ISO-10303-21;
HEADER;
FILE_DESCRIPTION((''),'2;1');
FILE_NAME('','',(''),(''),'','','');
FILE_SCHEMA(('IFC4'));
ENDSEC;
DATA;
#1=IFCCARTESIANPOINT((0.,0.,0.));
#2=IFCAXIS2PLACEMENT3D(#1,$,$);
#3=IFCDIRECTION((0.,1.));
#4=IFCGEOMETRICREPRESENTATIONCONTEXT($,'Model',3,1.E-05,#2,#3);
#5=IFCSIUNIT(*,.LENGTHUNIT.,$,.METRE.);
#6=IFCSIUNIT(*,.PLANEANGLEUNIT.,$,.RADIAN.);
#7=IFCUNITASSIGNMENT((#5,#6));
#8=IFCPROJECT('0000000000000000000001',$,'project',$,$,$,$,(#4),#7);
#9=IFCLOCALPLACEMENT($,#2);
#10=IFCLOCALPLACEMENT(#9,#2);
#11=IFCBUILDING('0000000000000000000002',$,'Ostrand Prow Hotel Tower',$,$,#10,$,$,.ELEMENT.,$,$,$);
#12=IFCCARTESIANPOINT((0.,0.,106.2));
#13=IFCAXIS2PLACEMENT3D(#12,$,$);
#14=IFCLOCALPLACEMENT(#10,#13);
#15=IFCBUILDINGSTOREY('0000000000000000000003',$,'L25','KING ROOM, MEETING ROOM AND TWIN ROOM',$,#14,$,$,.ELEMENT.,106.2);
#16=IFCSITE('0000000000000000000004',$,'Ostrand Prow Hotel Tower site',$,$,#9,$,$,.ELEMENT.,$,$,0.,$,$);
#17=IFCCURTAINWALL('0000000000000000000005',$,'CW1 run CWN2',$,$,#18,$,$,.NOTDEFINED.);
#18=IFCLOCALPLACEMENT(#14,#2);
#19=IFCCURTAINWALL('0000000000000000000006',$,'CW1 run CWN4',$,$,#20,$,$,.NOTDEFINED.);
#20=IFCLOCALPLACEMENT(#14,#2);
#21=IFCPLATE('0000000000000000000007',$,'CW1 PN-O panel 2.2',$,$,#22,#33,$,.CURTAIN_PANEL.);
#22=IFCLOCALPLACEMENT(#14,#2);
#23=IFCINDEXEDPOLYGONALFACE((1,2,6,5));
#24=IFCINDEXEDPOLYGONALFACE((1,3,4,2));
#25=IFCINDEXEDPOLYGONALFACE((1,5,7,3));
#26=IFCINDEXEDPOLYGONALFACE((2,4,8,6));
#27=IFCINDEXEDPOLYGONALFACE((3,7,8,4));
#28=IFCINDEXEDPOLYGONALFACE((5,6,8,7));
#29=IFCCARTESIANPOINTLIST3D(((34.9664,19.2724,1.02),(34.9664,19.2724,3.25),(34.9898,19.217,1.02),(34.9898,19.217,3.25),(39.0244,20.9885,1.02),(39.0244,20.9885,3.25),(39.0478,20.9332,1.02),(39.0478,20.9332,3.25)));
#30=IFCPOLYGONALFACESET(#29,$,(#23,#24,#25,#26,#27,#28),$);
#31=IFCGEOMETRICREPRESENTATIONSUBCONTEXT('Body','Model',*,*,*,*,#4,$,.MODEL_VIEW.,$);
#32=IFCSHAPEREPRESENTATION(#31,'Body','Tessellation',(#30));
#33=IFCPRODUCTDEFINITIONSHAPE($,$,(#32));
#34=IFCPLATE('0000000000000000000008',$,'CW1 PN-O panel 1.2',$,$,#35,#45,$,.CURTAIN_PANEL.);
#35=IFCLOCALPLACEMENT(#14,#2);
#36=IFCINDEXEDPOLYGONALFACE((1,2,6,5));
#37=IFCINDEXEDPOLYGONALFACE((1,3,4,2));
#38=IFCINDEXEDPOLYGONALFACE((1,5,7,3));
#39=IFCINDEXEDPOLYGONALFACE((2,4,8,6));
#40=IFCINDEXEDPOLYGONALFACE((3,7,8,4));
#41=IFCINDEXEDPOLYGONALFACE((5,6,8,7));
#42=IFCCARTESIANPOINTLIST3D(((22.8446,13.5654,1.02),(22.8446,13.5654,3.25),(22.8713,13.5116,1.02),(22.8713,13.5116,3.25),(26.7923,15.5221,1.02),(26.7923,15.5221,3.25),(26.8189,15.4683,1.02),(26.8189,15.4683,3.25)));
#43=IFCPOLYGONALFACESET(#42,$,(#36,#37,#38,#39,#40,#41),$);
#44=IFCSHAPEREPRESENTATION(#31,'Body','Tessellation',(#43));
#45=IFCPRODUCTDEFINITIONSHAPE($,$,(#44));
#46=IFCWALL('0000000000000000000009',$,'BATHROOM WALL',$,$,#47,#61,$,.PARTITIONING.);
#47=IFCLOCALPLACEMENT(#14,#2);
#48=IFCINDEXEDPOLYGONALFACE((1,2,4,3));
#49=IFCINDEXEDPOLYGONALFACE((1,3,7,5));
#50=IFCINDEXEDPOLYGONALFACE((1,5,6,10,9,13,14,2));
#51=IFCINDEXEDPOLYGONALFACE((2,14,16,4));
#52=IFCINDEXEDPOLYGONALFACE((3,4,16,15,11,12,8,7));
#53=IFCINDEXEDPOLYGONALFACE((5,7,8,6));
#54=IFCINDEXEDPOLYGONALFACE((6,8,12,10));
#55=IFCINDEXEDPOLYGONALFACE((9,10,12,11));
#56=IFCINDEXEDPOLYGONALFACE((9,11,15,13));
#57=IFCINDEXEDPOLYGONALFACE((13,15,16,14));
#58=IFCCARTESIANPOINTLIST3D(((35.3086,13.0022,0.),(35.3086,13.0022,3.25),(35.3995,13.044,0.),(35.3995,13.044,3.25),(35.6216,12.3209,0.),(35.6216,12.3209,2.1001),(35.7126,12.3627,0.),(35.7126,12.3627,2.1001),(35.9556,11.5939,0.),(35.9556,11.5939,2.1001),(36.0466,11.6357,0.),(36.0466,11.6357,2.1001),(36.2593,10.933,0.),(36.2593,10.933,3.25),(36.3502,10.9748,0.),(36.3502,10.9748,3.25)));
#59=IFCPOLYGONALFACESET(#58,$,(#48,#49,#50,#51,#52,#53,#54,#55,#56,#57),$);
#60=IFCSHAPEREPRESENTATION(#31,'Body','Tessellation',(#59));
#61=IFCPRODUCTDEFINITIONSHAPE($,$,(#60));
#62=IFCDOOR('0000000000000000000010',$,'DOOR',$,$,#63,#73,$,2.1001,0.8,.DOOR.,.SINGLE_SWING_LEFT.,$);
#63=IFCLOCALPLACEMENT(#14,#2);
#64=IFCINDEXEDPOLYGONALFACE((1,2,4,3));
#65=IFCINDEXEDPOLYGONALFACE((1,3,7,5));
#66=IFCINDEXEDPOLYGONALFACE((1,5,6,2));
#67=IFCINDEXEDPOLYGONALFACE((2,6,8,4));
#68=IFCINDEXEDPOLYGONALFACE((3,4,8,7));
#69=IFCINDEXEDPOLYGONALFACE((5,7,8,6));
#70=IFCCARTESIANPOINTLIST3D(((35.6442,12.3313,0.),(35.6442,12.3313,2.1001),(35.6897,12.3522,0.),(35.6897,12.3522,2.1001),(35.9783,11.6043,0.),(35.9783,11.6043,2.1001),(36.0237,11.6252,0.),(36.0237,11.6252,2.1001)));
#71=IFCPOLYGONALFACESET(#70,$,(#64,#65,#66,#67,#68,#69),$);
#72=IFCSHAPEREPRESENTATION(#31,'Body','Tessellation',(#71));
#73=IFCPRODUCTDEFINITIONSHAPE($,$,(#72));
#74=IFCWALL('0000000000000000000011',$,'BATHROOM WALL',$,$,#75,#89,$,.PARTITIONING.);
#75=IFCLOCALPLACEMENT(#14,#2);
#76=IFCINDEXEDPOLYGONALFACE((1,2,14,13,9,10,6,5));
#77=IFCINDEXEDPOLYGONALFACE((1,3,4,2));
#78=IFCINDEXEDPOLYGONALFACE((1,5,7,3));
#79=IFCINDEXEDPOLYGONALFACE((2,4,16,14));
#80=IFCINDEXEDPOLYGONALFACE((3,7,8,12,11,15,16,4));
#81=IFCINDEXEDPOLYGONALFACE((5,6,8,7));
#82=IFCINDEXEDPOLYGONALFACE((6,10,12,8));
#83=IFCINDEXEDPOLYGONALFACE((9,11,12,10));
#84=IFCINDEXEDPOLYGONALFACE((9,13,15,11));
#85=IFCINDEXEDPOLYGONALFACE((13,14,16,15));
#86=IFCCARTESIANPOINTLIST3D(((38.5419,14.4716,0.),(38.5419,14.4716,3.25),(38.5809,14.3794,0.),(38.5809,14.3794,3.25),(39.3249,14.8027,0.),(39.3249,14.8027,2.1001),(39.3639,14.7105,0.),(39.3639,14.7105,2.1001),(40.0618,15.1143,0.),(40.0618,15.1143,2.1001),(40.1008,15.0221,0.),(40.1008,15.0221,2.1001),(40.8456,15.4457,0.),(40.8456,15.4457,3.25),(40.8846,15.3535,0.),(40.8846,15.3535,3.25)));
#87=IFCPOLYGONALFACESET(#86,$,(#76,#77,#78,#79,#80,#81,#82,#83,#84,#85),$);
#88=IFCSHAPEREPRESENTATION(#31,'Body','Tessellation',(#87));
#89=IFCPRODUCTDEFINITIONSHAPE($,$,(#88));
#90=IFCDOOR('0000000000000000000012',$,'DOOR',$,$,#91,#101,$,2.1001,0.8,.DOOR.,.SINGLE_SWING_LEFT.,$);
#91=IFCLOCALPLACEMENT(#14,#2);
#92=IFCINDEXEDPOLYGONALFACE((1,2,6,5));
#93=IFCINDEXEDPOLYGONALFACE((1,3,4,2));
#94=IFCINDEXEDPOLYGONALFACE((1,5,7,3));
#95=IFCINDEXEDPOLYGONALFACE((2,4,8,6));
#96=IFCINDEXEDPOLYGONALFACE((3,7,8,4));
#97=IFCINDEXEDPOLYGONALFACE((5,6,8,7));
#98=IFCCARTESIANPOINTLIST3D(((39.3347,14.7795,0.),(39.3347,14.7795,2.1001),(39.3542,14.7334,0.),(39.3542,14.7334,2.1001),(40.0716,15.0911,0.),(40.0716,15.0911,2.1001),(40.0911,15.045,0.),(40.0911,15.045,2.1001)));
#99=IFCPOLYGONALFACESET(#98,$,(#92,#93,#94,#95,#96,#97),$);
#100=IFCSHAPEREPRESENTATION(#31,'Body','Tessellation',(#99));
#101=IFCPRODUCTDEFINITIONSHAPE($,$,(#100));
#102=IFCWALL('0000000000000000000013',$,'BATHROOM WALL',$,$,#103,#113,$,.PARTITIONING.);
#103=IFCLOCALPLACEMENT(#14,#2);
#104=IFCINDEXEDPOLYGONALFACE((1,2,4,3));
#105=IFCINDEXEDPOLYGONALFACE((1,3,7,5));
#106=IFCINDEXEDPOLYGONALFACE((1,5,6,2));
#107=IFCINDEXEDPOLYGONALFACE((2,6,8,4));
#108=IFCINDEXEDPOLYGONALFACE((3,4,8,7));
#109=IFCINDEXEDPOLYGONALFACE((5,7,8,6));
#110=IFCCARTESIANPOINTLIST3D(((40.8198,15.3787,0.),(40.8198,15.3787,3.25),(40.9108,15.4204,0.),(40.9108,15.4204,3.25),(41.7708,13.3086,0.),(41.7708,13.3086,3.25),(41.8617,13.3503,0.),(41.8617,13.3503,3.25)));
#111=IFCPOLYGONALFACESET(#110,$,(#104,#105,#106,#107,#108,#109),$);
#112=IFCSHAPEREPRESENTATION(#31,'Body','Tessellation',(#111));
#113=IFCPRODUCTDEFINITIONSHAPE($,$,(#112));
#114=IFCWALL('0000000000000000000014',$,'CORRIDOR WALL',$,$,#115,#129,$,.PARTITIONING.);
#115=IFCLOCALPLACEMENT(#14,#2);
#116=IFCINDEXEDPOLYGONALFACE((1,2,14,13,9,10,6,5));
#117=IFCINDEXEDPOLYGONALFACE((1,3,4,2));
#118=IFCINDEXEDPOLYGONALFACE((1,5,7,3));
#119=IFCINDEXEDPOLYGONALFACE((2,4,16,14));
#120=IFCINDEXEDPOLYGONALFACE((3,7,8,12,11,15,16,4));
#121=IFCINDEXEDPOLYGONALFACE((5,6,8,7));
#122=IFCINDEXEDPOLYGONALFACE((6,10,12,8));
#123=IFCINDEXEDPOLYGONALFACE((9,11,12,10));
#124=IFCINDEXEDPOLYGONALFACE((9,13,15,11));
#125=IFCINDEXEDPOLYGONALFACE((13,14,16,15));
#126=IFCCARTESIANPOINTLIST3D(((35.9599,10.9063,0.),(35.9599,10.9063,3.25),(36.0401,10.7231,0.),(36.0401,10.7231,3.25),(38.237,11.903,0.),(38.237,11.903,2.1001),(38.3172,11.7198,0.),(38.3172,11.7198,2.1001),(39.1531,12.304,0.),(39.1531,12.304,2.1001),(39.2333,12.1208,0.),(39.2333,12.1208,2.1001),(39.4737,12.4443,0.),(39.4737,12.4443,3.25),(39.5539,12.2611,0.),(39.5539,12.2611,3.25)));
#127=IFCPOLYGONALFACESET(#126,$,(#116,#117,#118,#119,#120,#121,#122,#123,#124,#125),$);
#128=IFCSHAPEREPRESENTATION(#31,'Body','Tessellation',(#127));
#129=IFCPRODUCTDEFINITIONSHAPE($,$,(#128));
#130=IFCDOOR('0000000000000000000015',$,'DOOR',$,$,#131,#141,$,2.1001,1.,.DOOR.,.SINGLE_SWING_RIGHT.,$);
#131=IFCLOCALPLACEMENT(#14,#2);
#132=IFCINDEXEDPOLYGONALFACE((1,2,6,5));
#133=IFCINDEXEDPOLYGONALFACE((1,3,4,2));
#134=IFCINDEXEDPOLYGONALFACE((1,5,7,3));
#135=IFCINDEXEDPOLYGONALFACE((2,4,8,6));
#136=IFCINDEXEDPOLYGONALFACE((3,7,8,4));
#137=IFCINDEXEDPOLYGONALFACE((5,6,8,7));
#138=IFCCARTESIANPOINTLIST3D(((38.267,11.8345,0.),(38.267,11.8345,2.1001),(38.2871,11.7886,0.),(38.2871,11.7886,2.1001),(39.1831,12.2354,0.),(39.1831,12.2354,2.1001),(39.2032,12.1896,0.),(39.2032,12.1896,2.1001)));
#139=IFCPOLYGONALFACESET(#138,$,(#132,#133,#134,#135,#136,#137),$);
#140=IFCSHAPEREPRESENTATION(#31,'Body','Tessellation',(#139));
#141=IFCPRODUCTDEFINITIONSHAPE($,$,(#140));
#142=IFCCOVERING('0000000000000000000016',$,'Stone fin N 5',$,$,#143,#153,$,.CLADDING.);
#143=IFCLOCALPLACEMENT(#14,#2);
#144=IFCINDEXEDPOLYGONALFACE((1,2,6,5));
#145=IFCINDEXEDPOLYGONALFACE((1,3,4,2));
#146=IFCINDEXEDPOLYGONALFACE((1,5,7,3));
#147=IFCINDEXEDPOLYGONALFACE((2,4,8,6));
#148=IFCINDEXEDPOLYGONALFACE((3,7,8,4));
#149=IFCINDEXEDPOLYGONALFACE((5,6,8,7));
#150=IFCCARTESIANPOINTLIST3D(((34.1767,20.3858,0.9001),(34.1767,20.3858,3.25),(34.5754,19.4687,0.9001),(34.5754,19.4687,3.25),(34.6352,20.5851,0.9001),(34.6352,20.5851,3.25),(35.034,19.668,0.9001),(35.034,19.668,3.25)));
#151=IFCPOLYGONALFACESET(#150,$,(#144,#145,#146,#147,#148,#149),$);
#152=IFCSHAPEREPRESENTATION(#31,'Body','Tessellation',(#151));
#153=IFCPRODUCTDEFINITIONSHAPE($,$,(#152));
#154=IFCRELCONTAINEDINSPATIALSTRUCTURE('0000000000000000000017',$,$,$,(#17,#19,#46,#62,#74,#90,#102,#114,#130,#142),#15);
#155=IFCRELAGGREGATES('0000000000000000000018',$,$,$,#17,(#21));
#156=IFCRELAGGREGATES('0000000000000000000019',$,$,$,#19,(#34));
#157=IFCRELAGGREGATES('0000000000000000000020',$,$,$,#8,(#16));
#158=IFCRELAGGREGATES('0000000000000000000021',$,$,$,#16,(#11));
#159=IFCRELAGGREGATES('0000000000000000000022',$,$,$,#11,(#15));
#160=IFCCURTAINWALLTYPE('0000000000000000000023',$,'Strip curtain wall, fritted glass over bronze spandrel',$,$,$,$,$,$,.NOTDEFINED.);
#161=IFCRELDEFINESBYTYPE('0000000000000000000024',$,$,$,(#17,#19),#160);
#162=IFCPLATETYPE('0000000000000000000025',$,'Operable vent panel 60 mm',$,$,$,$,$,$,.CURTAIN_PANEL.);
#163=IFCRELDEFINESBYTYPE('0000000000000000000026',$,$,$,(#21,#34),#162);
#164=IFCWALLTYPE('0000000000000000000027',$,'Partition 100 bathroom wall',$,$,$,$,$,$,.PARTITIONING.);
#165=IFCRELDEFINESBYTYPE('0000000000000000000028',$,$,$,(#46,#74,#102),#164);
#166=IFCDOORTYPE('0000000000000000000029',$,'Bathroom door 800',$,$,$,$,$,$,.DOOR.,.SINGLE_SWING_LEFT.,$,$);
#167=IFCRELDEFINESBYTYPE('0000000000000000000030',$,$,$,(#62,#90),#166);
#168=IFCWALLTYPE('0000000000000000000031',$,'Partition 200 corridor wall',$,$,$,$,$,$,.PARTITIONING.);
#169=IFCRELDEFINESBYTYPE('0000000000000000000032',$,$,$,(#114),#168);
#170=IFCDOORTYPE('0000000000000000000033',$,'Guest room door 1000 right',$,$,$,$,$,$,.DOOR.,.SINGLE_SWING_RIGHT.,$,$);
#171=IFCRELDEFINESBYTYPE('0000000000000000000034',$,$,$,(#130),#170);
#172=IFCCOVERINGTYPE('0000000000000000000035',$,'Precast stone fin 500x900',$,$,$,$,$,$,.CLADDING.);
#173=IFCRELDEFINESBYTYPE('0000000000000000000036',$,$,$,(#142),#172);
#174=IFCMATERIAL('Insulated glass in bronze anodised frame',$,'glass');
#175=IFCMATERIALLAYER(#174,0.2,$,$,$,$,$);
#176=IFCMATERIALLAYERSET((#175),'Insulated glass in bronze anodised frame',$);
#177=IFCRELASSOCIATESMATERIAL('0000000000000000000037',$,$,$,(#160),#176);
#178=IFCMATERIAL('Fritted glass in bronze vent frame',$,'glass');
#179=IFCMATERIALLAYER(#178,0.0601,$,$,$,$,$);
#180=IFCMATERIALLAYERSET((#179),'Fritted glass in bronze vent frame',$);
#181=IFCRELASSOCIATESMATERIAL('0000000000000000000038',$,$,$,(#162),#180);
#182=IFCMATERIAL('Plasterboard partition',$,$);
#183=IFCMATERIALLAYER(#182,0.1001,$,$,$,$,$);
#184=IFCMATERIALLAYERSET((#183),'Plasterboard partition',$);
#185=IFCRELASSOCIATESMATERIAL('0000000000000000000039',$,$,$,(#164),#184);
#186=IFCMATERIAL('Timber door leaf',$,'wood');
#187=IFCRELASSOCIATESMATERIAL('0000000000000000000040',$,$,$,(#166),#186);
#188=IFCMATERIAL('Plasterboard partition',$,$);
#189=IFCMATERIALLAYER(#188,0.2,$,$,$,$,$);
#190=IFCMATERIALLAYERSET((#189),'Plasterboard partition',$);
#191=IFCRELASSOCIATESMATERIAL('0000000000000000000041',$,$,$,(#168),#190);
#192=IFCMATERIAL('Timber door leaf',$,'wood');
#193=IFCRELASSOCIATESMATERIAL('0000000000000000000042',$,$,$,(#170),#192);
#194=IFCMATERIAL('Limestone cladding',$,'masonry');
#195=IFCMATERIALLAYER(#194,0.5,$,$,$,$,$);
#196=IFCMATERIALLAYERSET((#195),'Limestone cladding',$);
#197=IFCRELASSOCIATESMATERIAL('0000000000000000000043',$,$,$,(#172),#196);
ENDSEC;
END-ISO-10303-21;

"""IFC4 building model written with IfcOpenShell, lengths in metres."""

from ifc_helpers import new_model, si_unit, direction, frame, frame_2d, origin, origin_2d, place, context, subcontext, project, spatial, rectangle, extrude, material, layer, layer_set, type_object, element, fill, aggregate, save


model = new_model("IFC4")

# Units and contexts
model_context = context("Model", 3, precision=1e-05, world=origin(), true_north=direction((0.0, 1.0)))
body_context = subcontext(model_context, "Body", "Model", "MODEL_VIEW")
ifc_project = project(units=[si_unit("LENGTHUNIT", "METRE"), si_unit("PLANEANGLEUNIT", "RADIAN")], contexts=[model_context])

# Site, building, storey
site_placement = place(None, origin())
site = spatial("IfcSite", under=ifc_project, at=site_placement, Name="Ostrand Prow Hotel Tower site", CompositionType="ELEMENT", RefElevation=0.0)
building_placement = place(site_placement, origin())
building = spatial("IfcBuilding", under=site, at=building_placement, Name="Ostrand Prow Hotel Tower", CompositionType="ELEMENT")
storey_placement = place(building_placement, frame((0.0, 0.0, 106.2)))
storey = spatial("IfcBuildingStorey", under=building, at=storey_placement, Name="L25", Description="KING ROOM, MEETING ROOM AND TWIN ROOM", CompositionType="ELEMENT", Elevation=106.2)

# Curtain wall
ifc_material_1 = material(Name="Insulated glass in bronze anodised frame", Category="glass")
ifc_layer_1 = layer(ifc_material_1, 0.2)
ifc_layer_set_1 = layer_set([ifc_layer_1], Name="Insulated glass in bronze anodised frame")
curtain_wall_type = type_object("IfcCurtainWallType", Name="Strip curtain wall, fritted glass over bronze spandrel", PredefinedType="NOTDEFINED", material=ifc_layer_set_1)
curtain_wall_1_placement = place(storey_placement, origin())
curtain_wall_1 = element("IfcCurtainWall", 1, at=curtain_wall_1_placement, inside=storey, type_object=curtain_wall_type, Name="CW1 run CWN2", PredefinedType="NOTDEFINED")

# Curtain wall
curtain_wall_2_placement = place(storey_placement, origin())
curtain_wall_2 = element("IfcCurtainWall", 2, at=curtain_wall_2_placement, inside=storey, type_object=curtain_wall_type, Name="CW1 run CWN4", PredefinedType="NOTDEFINED")

# Plates
ifc_material_2 = material(Name="Fritted glass in bronze vent frame", Category="glass")
ifc_layer_2 = layer(ifc_material_2, 0.0601)
ifc_layer_set_2 = layer_set([ifc_layer_2], Name="Fritted glass in bronze vent frame")
plate_type_1 = type_object("IfcPlateType", Name="Operable vent panel 60 mm", PredefinedType="CURTAIN_PANEL", material=ifc_layer_set_2)
plate_1_placement = place(storey_placement, frame((37.0071, 20.1028, 1.02), z_axis=(0.0, 0.0, 1.0), x_axis=(-0.921024, -0.389507, 0.0)))
plate_1 = element("IfcPlate", 3, at=plate_1_placement, type_object=plate_type_1, Name="CW1 PN-O panel 2.2", PredefinedType="CURTAIN_PANEL", context=body_context, shape_type="SweptSolid", body=[
    extrude(rectangle(XDim=4.406, YDim=0.0601, at=origin_2d()), origin(), (0.0, 0.0, 1.0), 2.23),
])
aggregate(curtain_wall_1, [plate_1])
plate_2_placement = place(storey_placement, frame((24.8318, 14.5168, 1.02), z_axis=(0.0, 0.0, 1.0), x_axis=(-0.895971, -0.444113, 0.0)))
plate_2 = element("IfcPlate", 4, at=plate_2_placement, type_object=plate_type_1, Name="CW1 PN-O panel 1.2", PredefinedType="CURTAIN_PANEL", context=body_context, shape_type="SweptSolid", body=[
    extrude(rectangle(XDim=4.406, YDim=0.0601, at=origin_2d()), origin(), (0.0, 0.0, 1.0), 2.23),
])
aggregate(curtain_wall_2, [plate_2])

# Walls, openings, doors
ifc_material_3 = material(Name="Plasterboard partition")
ifc_layer_3 = layer(ifc_material_3, 0.1001)
ifc_layer_set_3 = layer_set([ifc_layer_3], Name="Plasterboard partition")
wall_type_1 = type_object("IfcWallType", Name="Partition 100 bathroom wall", PredefinedType="PARTITIONING", material=ifc_layer_set_3)
wall_1_placement = place(storey_placement, frame((35.354, 13.0232, 0.0), z_axis=(0.0, 0.0, 1.0), x_axis=(0.417507, -0.908674, 0.0)))
wall_1 = element("IfcWall", 5, at=wall_1_placement, inside=storey, type_object=wall_type_1, Name="BATHROOM WALL", PredefinedType="PARTITIONING", context=body_context, shape_type="SweptSolid", body=[
    extrude(rectangle(XDim=2.2771, YDim=0.1001, at=frame_2d((1.1387, 0.0))), origin(), (0.0, 0.0, 1.0), 3.25),
])
opening_1_placement = place(wall_1_placement, frame((0.75, 0.0, 0.0)))
opening_1 = element("IfcOpeningElement", 6, at=opening_1_placement, cuts=wall_1, PredefinedType="OPENING", context=body_context, shape_type="SweptSolid", body=[
    extrude(rectangle(XDim=0.8, YDim=2.1001, at=frame_2d((0.3999, 1.05))), frame((0.0, 0.0601, 0.0), z_axis=(0.0, -1.0, 0.0), x_axis=(1.0, 0.0, 0.0)), (0.0, 0.0, 1.0), 0.1201),
])
ifc_material_4 = material(Name="Timber door leaf", Category="wood")
door_type_1 = type_object("IfcDoorType", Name="Bathroom door 800", OperationType="SINGLE_SWING_LEFT", PredefinedType="DOOR", material=ifc_material_4)
door_1_placement = place(opening_1_placement, origin())
door_1 = element("IfcDoor", 7, at=door_1_placement, inside=storey, type_object=door_type_1, Name="DOOR", OperationType="SINGLE_SWING_LEFT", OverallHeight=2.1001, OverallWidth=0.8, PredefinedType="DOOR", context=body_context, shape_type="SweptSolid", body=[
    extrude(rectangle(XDim=0.8, YDim=2.1001, at=frame_2d((0.3999, 1.05))), frame((0.0, 0.0249, 0.0), z_axis=(0.0, -1.0, 0.0), x_axis=(1.0, 0.0, 0.0)), (0.0, 0.0, 1.0), 0.05),
])
fill(opening_1, door_1)
wall_2_placement = place(storey_placement, frame((38.5615, 14.4255, 0.0), z_axis=(0.0, 0.0, 1.0), x_axis=(0.921043, 0.389462, 0.0)))
wall_2 = element("IfcWall", 8, at=wall_2_placement, inside=storey, type_object=wall_type_1, Name="BATHROOM WALL", PredefinedType="PARTITIONING", context=body_context, shape_type="SweptSolid", body=[
    extrude(rectangle(XDim=2.5012, YDim=0.1001, at=frame_2d((1.2505, 0.0))), origin(), (0.0, 0.0, 1.0), 3.25),
])
opening_2_placement = place(wall_2_placement, frame((0.8501, 0.0, 0.0)))
opening_2 = element("IfcOpeningElement", 9, at=opening_2_placement, cuts=wall_2, PredefinedType="OPENING", context=body_context, shape_type="SweptSolid", body=[
    extrude(rectangle(XDim=0.8, YDim=2.1001, at=frame_2d((0.3999, 1.05))), frame((0.0, 0.0601, 0.0), z_axis=(0.0, -1.0, 0.0), x_axis=(1.0, 0.0, 0.0)), (0.0, 0.0, 1.0), 0.1201),
])
door_2_placement = place(opening_2_placement, origin())
door_2 = element("IfcDoor", 10, at=door_2_placement, inside=storey, type_object=door_type_1, Name="DOOR", OperationType="SINGLE_SWING_LEFT", OverallHeight=2.1001, OverallWidth=0.8, PredefinedType="DOOR", context=body_context, shape_type="SweptSolid", body=[
    extrude(rectangle(XDim=0.8, YDim=2.1001, at=frame_2d((0.3999, 1.05))), frame((0.0, 0.0249, 0.0), z_axis=(0.0, -1.0, 0.0), x_axis=(1.0, 0.0, 0.0)), (0.0, 0.0, 1.0), 0.05),
])
fill(opening_2, door_2)

# Wall
wall_3_placement = place(storey_placement, frame((40.8652, 15.3997, 0.0), z_axis=(0.0, 0.0, 1.0), x_axis=(0.417433, -0.908708, 0.0)))
element("IfcWall", 11, at=wall_3_placement, inside=storey, type_object=wall_type_1, Name="BATHROOM WALL", PredefinedType="PARTITIONING", context=body_context, shape_type="SweptSolid", body=[
    extrude(rectangle(XDim=2.2781, YDim=0.1001, at=frame_2d((1.1392, 0.0))), origin(), (0.0, 0.0, 1.0), 3.25),
])

# Wall, opening, door
ifc_material_5 = material(Name="Plasterboard partition")
ifc_layer_4 = layer(ifc_material_5, 0.2)
ifc_layer_set_4 = layer_set([ifc_layer_4], Name="Plasterboard partition")
wall_type_2 = type_object("IfcWallType", Name="Partition 200 corridor wall", PredefinedType="PARTITIONING", material=ifc_layer_set_4)
wall_4_placement = place(storey_placement, frame((39.5139, 12.3528, 0.0), z_axis=(0.0, 0.0, 1.0), x_axis=(-0.916086, -0.400982, 0.0)))
wall_4 = element("IfcWall", 12, at=wall_4_placement, inside=storey, type_object=wall_type_2, Name="CORRIDOR WALL", PredefinedType="PARTITIONING", context=body_context, shape_type="SweptSolid", body=[
    extrude(rectangle(XDim=3.8357, YDim=0.2, at=frame_2d((1.918, 0.0))), origin(), (0.0, 0.0, 1.0), 3.25),
])
opening_3_placement = place(wall_4_placement, frame((0.3501, 0.0, 0.0)))
opening_3 = element("IfcOpeningElement", 13, at=opening_3_placement, cuts=wall_4, PredefinedType="OPENING", context=body_context, shape_type="SweptSolid", body=[
    extrude(rectangle(XDim=1.0, YDim=2.1001, at=frame_2d((0.5, 1.05))), frame((0.0, 0.1099, 0.0), z_axis=(0.0, -1.0, 0.0), x_axis=(1.0, 0.0, 0.0)), (0.0, 0.0, 1.0), 0.22),
])
ifc_material_6 = material(Name="Timber door leaf", Category="wood")
door_type_2 = type_object("IfcDoorType", Name="Guest room door 1000 right", OperationType="SINGLE_SWING_RIGHT", PredefinedType="DOOR", material=ifc_material_6)
door_3_placement = place(opening_3_placement, origin())
door_3 = element("IfcDoor", 14, at=door_3_placement, inside=storey, type_object=door_type_2, Name="DOOR", OperationType="SINGLE_SWING_RIGHT", OverallHeight=2.1001, OverallWidth=1.0, PredefinedType="DOOR", context=body_context, shape_type="SweptSolid", body=[
    extrude(rectangle(XDim=1.0, YDim=2.1001, at=frame_2d((0.5, 1.05))), frame((0.0, 0.0249, 0.0), z_axis=(0.0, -1.0, 0.0), x_axis=(1.0, 0.0, 0.0)), (0.0, 0.0, 1.0), 0.05),
])
fill(opening_3, door_3)

# Covering
ifc_material_7 = material(Name="Limestone cladding", Category="masonry")
ifc_layer_5 = layer(ifc_material_7, 0.5)
ifc_layer_set_5 = layer_set([ifc_layer_5], Name="Limestone cladding")
covering_type = type_object("IfcCoveringType", Name="Precast stone fin 500x900", PredefinedType="CLADDING", material=ifc_layer_set_5)
covering_placement = place(storey_placement, frame((34.8047, 19.5684, 0.9001), z_axis=(0.0, 0.0, 1.0), x_axis=(-0.398717, 0.917074, 0.0)))
element("IfcCovering", 15, at=covering_placement, inside=storey, type_object=covering_type, Name="Stone fin N 5", PredefinedType="CLADDING", context=body_context, shape_type="SweptSolid", body=[
    extrude(rectangle(XDim=1.0, YDim=0.5, at=frame_2d((0.5, 0.0))), origin(), (0.0, 0.0, 1.0), 2.3499),
])

save(model, "model.ifc")
